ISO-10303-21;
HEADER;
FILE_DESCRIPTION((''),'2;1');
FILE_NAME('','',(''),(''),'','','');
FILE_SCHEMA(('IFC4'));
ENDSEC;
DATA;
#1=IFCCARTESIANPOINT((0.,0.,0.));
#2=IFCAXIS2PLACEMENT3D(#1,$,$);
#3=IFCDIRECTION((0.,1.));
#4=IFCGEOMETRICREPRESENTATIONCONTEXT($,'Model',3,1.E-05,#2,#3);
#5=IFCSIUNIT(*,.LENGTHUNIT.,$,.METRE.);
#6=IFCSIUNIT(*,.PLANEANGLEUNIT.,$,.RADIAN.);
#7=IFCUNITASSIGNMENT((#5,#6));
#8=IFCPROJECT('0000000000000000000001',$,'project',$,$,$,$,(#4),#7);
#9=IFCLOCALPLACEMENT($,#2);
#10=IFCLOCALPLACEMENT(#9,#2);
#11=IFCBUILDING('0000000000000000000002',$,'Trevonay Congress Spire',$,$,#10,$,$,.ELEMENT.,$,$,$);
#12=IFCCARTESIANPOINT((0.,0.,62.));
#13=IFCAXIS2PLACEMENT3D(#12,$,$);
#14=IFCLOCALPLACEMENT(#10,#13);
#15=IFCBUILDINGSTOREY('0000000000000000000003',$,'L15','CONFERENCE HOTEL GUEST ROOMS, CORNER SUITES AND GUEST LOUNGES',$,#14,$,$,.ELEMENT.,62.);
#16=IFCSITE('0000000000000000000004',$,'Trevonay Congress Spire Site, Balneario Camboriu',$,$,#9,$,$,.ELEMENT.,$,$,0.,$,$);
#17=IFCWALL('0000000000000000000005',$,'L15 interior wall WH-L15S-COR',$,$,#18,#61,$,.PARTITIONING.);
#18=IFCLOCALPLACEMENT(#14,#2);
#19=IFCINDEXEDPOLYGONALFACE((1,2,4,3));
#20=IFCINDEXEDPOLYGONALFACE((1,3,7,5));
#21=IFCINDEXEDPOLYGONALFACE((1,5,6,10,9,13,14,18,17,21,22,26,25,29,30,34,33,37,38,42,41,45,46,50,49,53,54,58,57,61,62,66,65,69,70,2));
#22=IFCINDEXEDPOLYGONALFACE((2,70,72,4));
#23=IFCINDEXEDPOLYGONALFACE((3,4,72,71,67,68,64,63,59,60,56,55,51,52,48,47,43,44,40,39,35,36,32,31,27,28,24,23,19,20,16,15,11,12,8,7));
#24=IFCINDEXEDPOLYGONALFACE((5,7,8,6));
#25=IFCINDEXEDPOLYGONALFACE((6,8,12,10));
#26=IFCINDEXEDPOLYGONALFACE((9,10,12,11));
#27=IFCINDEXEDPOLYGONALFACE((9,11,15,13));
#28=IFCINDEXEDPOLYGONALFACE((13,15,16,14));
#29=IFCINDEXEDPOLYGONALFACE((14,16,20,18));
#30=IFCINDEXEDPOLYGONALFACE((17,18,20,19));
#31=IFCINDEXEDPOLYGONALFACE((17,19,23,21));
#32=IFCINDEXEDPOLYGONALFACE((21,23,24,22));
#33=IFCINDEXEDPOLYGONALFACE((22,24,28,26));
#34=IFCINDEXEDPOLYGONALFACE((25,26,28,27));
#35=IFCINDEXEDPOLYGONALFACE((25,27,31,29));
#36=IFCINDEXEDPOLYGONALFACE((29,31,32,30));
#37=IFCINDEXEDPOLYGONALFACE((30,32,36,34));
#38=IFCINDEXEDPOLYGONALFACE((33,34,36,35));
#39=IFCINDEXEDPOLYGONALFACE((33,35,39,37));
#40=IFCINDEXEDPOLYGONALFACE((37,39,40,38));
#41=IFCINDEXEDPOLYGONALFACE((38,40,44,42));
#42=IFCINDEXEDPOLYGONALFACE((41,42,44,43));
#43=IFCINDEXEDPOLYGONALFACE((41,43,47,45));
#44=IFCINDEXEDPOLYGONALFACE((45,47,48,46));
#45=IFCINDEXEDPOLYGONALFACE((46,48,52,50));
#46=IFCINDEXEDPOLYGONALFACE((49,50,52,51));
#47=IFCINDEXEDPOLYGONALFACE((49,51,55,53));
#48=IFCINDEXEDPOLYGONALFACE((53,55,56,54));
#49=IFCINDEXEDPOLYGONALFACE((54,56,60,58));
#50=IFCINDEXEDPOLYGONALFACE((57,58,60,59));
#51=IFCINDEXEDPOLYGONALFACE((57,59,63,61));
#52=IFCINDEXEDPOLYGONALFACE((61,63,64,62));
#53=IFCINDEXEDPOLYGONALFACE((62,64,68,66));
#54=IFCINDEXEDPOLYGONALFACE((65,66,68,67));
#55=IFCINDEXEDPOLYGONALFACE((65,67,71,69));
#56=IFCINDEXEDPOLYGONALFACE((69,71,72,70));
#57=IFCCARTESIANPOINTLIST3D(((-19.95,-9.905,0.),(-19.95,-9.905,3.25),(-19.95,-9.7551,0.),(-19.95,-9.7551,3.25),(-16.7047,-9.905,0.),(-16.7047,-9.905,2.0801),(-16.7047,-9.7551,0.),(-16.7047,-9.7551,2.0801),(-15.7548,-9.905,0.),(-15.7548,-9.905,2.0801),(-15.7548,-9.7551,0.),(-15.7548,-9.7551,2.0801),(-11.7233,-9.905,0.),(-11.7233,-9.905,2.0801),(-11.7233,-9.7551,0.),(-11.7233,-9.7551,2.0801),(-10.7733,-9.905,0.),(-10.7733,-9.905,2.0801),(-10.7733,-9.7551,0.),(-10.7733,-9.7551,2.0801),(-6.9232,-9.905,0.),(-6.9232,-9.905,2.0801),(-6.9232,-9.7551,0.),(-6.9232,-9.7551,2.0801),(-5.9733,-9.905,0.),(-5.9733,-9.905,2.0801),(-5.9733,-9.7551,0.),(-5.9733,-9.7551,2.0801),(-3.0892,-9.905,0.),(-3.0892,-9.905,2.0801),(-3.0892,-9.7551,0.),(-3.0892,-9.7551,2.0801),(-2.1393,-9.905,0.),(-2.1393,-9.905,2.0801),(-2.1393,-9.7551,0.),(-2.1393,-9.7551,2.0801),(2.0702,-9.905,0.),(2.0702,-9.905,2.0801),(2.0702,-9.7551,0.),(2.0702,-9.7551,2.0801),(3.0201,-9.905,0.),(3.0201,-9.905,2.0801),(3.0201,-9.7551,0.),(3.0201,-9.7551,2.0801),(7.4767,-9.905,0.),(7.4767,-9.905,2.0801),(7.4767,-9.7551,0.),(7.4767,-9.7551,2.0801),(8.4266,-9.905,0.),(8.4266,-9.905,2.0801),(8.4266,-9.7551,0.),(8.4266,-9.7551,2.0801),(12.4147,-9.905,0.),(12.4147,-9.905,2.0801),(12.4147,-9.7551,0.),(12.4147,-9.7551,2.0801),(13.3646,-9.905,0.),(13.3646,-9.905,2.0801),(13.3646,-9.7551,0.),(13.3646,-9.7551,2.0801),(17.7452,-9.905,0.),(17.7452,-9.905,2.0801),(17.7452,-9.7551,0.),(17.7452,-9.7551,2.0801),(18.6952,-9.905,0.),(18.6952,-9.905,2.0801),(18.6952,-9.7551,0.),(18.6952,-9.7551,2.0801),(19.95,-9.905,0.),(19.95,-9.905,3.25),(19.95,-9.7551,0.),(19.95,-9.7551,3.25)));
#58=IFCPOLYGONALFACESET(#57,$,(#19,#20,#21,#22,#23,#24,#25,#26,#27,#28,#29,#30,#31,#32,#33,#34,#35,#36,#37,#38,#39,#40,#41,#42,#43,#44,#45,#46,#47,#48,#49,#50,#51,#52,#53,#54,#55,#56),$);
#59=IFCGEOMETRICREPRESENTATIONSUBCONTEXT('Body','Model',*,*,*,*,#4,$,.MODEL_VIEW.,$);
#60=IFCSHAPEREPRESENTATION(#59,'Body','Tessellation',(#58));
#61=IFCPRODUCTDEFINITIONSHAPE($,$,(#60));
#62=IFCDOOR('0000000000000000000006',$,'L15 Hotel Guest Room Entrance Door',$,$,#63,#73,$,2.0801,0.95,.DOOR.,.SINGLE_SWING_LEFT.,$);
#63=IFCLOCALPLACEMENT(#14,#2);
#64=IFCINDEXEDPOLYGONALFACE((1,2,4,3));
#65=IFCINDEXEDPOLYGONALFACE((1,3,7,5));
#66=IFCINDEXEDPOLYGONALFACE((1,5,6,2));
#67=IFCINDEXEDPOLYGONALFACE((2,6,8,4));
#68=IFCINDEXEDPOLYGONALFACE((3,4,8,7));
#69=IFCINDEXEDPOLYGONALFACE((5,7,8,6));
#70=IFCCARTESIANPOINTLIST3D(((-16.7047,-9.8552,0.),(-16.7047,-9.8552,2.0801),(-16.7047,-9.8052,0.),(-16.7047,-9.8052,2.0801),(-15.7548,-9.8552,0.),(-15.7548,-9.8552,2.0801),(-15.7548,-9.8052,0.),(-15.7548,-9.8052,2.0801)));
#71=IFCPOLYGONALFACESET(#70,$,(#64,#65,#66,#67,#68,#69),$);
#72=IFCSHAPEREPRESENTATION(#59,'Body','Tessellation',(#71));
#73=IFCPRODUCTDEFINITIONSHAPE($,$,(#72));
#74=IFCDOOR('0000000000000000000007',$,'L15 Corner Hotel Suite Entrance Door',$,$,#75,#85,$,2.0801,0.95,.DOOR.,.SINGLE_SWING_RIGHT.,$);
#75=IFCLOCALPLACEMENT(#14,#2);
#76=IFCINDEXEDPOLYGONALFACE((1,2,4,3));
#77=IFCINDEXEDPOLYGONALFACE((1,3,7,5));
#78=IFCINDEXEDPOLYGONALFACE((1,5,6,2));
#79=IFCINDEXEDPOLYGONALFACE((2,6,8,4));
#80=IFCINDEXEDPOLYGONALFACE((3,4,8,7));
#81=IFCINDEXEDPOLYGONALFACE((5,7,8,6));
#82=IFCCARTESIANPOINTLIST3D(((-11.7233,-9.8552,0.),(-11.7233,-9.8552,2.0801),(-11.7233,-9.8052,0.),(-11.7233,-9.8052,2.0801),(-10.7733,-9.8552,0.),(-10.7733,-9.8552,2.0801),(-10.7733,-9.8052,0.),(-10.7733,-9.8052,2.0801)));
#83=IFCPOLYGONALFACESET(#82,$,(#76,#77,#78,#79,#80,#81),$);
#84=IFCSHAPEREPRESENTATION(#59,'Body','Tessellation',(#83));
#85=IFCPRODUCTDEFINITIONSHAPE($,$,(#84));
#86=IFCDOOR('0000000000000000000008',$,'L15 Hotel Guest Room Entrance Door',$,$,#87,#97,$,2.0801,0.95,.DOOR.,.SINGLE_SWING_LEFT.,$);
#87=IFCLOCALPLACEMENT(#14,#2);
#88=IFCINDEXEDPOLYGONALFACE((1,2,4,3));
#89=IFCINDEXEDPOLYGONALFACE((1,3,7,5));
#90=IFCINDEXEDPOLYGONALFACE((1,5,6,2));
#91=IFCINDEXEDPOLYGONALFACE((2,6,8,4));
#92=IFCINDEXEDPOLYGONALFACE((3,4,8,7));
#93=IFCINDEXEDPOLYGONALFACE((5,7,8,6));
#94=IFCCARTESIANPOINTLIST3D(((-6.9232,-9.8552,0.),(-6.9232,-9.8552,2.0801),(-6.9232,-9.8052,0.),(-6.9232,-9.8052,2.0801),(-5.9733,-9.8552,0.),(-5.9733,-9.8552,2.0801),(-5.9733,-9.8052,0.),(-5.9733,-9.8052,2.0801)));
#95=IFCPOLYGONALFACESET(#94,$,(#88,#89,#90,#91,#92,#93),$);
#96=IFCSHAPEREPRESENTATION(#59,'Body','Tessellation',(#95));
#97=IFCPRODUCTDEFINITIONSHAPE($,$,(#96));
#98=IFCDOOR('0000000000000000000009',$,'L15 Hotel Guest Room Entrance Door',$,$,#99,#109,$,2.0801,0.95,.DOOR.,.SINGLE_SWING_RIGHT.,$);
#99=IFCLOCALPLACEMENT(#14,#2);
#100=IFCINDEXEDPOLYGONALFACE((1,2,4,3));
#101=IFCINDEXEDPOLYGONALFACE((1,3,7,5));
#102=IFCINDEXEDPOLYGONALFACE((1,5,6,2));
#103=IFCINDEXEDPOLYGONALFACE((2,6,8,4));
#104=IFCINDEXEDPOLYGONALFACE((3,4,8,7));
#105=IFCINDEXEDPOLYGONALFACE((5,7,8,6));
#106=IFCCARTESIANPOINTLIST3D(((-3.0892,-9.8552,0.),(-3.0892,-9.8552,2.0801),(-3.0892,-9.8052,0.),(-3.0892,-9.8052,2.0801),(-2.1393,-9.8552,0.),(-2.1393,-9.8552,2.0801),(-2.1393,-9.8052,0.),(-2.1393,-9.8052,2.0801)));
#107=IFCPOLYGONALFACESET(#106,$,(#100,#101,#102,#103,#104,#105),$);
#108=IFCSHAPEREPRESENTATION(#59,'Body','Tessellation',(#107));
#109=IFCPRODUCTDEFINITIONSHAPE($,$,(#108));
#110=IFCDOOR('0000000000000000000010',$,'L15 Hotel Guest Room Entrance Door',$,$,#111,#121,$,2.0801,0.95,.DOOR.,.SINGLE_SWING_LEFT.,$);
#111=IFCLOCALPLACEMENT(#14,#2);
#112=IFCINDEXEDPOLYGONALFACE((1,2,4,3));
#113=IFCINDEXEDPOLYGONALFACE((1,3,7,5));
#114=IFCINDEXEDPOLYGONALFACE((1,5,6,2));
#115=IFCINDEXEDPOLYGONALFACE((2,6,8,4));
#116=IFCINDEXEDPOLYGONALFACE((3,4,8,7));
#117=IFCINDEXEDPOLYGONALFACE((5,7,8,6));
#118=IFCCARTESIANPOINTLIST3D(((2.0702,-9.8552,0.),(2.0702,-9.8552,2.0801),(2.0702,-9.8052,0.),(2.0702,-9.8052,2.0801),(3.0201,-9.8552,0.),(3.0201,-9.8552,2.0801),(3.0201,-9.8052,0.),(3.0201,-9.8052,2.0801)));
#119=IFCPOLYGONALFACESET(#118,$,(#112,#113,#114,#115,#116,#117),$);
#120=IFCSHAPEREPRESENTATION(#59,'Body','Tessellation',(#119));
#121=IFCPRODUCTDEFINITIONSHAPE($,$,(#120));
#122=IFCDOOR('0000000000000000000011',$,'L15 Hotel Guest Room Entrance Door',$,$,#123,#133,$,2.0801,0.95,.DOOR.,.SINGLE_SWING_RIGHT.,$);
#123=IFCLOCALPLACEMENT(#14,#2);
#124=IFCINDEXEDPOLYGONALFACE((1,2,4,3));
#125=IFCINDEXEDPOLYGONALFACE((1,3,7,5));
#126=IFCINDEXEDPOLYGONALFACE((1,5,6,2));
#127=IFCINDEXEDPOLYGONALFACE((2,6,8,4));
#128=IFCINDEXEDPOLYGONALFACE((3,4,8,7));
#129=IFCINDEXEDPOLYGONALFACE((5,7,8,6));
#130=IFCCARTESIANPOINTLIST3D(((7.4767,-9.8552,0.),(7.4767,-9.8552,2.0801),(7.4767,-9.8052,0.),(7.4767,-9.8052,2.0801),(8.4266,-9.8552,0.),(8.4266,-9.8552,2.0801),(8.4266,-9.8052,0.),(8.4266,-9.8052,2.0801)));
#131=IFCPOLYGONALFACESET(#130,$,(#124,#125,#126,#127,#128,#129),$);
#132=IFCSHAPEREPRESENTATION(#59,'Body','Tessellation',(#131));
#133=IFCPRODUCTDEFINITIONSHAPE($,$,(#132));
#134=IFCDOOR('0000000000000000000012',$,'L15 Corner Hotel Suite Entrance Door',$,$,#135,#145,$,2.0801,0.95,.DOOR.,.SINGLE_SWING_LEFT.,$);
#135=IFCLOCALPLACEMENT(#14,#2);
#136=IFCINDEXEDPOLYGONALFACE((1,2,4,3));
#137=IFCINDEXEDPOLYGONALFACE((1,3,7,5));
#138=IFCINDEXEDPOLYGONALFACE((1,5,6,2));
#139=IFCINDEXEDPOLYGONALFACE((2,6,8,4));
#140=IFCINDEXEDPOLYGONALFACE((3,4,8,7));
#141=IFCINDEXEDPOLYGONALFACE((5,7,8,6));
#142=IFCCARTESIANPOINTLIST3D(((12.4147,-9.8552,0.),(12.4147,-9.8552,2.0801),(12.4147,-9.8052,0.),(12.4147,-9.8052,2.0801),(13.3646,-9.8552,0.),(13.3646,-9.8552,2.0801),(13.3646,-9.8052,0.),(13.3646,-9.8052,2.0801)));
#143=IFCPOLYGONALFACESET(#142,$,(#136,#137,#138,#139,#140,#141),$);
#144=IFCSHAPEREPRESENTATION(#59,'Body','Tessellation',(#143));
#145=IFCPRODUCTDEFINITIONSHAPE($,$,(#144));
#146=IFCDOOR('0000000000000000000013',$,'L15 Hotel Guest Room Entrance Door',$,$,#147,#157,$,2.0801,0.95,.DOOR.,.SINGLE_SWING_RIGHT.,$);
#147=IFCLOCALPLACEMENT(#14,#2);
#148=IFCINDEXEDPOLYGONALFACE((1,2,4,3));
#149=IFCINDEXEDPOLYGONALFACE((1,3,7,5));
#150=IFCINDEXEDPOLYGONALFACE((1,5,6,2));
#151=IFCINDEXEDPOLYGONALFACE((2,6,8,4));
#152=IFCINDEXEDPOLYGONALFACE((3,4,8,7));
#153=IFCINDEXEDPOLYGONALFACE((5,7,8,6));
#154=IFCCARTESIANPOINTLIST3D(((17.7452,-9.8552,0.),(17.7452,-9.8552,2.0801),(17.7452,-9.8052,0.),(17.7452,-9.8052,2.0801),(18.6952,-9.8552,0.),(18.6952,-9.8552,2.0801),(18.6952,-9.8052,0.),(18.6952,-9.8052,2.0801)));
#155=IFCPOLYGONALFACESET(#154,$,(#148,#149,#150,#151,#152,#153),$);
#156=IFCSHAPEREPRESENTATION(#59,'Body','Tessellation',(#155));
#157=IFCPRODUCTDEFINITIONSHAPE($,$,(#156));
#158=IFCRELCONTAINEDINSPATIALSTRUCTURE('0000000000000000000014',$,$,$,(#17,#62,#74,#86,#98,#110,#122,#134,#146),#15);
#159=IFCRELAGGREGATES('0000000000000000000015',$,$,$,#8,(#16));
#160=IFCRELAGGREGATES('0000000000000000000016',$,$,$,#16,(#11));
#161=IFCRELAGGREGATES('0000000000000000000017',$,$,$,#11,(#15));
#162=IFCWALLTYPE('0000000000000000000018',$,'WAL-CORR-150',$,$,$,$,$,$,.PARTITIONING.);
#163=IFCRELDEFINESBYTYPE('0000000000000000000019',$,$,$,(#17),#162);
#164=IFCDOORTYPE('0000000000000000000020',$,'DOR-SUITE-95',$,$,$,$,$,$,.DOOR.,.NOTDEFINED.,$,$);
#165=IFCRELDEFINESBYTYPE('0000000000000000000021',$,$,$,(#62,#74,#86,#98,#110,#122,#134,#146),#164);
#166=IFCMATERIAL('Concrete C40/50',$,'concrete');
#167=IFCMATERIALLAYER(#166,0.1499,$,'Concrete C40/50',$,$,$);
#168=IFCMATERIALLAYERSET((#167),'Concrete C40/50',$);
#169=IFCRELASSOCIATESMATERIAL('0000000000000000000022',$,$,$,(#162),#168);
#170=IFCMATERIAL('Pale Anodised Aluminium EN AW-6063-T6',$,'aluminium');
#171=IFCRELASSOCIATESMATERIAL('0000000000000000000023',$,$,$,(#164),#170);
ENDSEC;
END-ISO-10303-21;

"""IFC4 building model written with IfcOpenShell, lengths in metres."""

from ifc_helpers import new_model, si_unit, direction, frame, frame_2d, origin, place, context, subcontext, project, spatial, rectangle, extrude, material, layer, layer_set, type_object, element, fill, save


model = new_model("IFC4")

# Units and contexts
model_context = context("Model", 3, precision=1e-05, world=origin(), true_north=direction((0.0, 1.0)))
body_context = subcontext(model_context, "Body", "Model", "MODEL_VIEW")
ifc_project = project(units=[si_unit("LENGTHUNIT", "METRE"), si_unit("PLANEANGLEUNIT", "RADIAN")], contexts=[model_context])

# Site, building, storey
site_placement = place(None, origin())
site = spatial("IfcSite", under=ifc_project, at=site_placement, Name="Trevonay Congress Spire Site, Balneario Camboriu", CompositionType="ELEMENT", RefElevation=0.0)
building_placement = place(site_placement, origin())
building = spatial("IfcBuilding", under=site, at=building_placement, Name="Trevonay Congress Spire", CompositionType="ELEMENT")
storey_placement = place(building_placement, frame((0.0, 0.0, 62.0)))
storey = spatial("IfcBuildingStorey", under=building, at=storey_placement, Name="L15", Description="CONFERENCE HOTEL GUEST ROOMS, CORNER SUITES AND GUEST LOUNGES", CompositionType="ELEMENT", Elevation=62.0)

# Shared definitions
ifc_material_1 = material(Name="Pale Anodised Aluminium EN AW-6063-T6", Category="aluminium")

# Shared definitions
ifc_material_2 = material(Name="Concrete C40/50", Category="concrete")

# Wall, openings, doors
ifc_layer_1 = layer(ifc_material_2, 0.1499, Name="Concrete C40/50")
ifc_layer_set_1 = layer_set([ifc_layer_1], Name="Concrete C40/50")
wall_type_1 = type_object("IfcWallType", Name="WAL-CORR-150", PredefinedType="PARTITIONING", material=ifc_layer_set_1)
wall_1_placement = place(storey_placement, frame((-19.95, -9.8301, 0.0), z_axis=(0.0, 0.0, 1.0), x_axis=(1.0, 0.0, 0.0)))
wall_1 = element("IfcWall", 1, at=wall_1_placement, inside=storey, type_object=wall_type_1, Name="L15 interior wall WH-L15S-COR", PredefinedType="PARTITIONING", context=body_context, shape_type="SweptSolid", body=[
    extrude(rectangle(XDim=39.8999, YDim=0.1499, at=frame_2d((19.95, 0.0))), origin(), (0.0, 0.0, 1.0), 3.25),
])
opening_1_placement = place(wall_1_placement, frame((3.2451, 0.0, 0.0)))
opening_1 = element("IfcOpeningElement", 2, at=opening_1_placement, cuts=wall_1, PredefinedType="OPENING", context=body_context, shape_type="SweptSolid", body=[
    extrude(rectangle(XDim=0.95, YDim=2.0801, at=frame_2d((0.4751, 1.04))), frame((0.0, 0.085, 0.0), z_axis=(0.0, -1.0, 0.0), x_axis=(1.0, 0.0, 0.0)), (0.0, 0.0, 1.0), 0.1699),
])
opening_2_placement = place(wall_1_placement, frame((8.2266, 0.0, 0.0)))
opening_2 = element("IfcOpeningElement", 3, at=opening_2_placement, cuts=wall_1, PredefinedType="OPENING", context=body_context, shape_type="SweptSolid", body=[
    extrude(rectangle(XDim=0.95, YDim=2.0801, at=frame_2d((0.4751, 1.04))), frame((0.0, 0.085, 0.0), z_axis=(0.0, -1.0, 0.0), x_axis=(1.0, 0.0, 0.0)), (0.0, 0.0, 1.0), 0.1699),
])
opening_3_placement = place(wall_1_placement, frame((13.0266, 0.0, 0.0)))
opening_3 = element("IfcOpeningElement", 4, at=opening_3_placement, cuts=wall_1, PredefinedType="OPENING", context=body_context, shape_type="SweptSolid", body=[
    extrude(rectangle(XDim=0.95, YDim=2.0801, at=frame_2d((0.4751, 1.04))), frame((0.0, 0.085, 0.0), z_axis=(0.0, -1.0, 0.0), x_axis=(1.0, 0.0, 0.0)), (0.0, 0.0, 1.0), 0.1699),
])
opening_4_placement = place(wall_1_placement, frame((16.8606, 0.0, 0.0)))
opening_4 = element("IfcOpeningElement", 5, at=opening_4_placement, cuts=wall_1, PredefinedType="OPENING", context=body_context, shape_type="SweptSolid", body=[
    extrude(rectangle(XDim=0.95, YDim=2.0801, at=frame_2d((0.4751, 1.04))), frame((0.0, 0.085, 0.0), z_axis=(0.0, -1.0, 0.0), x_axis=(1.0, 0.0, 0.0)), (0.0, 0.0, 1.0), 0.1699),
])
opening_5_placement = place(wall_1_placement, frame((22.02, 0.0, 0.0)))
opening_5 = element("IfcOpeningElement", 6, at=opening_5_placement, cuts=wall_1, PredefinedType="OPENING", context=body_context, shape_type="SweptSolid", body=[
    extrude(rectangle(XDim=0.95, YDim=2.0801, at=frame_2d((0.4751, 1.04))), frame((0.0, 0.085, 0.0), z_axis=(0.0, -1.0, 0.0), x_axis=(1.0, 0.0, 0.0)), (0.0, 0.0, 1.0), 0.1699),
])
opening_6_placement = place(wall_1_placement, frame((27.4265, 0.0, 0.0)))
opening_6 = element("IfcOpeningElement", 7, at=opening_6_placement, cuts=wall_1, PredefinedType="OPENING", context=body_context, shape_type="SweptSolid", body=[
    extrude(rectangle(XDim=0.95, YDim=2.0801, at=frame_2d((0.4751, 1.04))), frame((0.0, 0.085, 0.0), z_axis=(0.0, -1.0, 0.0), x_axis=(1.0, 0.0, 0.0)), (0.0, 0.0, 1.0), 0.1699),
])
opening_7_placement = place(wall_1_placement, frame((32.3645, 0.0, 0.0)))
opening_7 = element("IfcOpeningElement", 8, at=opening_7_placement, cuts=wall_1, PredefinedType="OPENING", context=body_context, shape_type="SweptSolid", body=[
    extrude(rectangle(XDim=0.95, YDim=2.0801, at=frame_2d((0.4751, 1.04))), frame((0.0, 0.085, 0.0), z_axis=(0.0, -1.0, 0.0), x_axis=(1.0, 0.0, 0.0)), (0.0, 0.0, 1.0), 0.1699),
])
opening_8_placement = place(wall_1_placement, frame((37.6951, 0.0, 0.0)))
opening_8 = element("IfcOpeningElement", 9, at=opening_8_placement, cuts=wall_1, PredefinedType="OPENING", context=body_context, shape_type="SweptSolid", body=[
    extrude(rectangle(XDim=0.95, YDim=2.0801, at=frame_2d((0.4751, 1.04))), frame((0.0, 0.085, 0.0), z_axis=(0.0, -1.0, 0.0), x_axis=(1.0, 0.0, 0.0)), (0.0, 0.0, 1.0), 0.1699),
])
door_type_1 = type_object("IfcDoorType", Name="DOR-SUITE-95", OperationType="NOTDEFINED", PredefinedType="DOOR", material=ifc_material_1)
door_1_placement = place(opening_1_placement, origin())
door_1 = element("IfcDoor", 10, at=door_1_placement, inside=storey, type_object=door_type_1, Name="L15 Hotel Guest Room Entrance Door", OperationType="SINGLE_SWING_LEFT", OverallHeight=2.0801, OverallWidth=0.95, PredefinedType="DOOR", context=body_context, shape_type="SweptSolid", body=[
    extrude(rectangle(XDim=0.95, YDim=2.0801, at=frame_2d((0.4751, 1.04))), frame((0.0, 0.0249, 0.0), z_axis=(0.0, -1.0, 0.0), x_axis=(1.0, 0.0, 0.0)), (0.0, 0.0, 1.0), 0.05),
])
fill(opening_1, door_1)
door_2_placement = place(opening_2_placement, origin())
door_2 = element("IfcDoor", 11, at=door_2_placement, inside=storey, type_object=door_type_1, Name="L15 Corner Hotel Suite Entrance Door", OperationType="SINGLE_SWING_RIGHT", OverallHeight=2.0801, OverallWidth=0.95, PredefinedType="DOOR", context=body_context, shape_type="SweptSolid", body=[
    extrude(rectangle(XDim=0.95, YDim=2.0801, at=frame_2d((0.4751, 1.04))), frame((0.0, 0.0249, 0.0), z_axis=(0.0, -1.0, 0.0), x_axis=(1.0, 0.0, 0.0)), (0.0, 0.0, 1.0), 0.05),
])
fill(opening_2, door_2)
door_3_placement = place(opening_3_placement, origin())
door_3 = element("IfcDoor", 12, at=door_3_placement, inside=storey, type_object=door_type_1, Name="L15 Hotel Guest Room Entrance Door", OperationType="SINGLE_SWING_LEFT", OverallHeight=2.0801, OverallWidth=0.95, PredefinedType="DOOR", context=body_context, shape_type="SweptSolid", body=[
    extrude(rectangle(XDim=0.95, YDim=2.0801, at=frame_2d((0.4751, 1.04))), frame((0.0, 0.0249, 0.0), z_axis=(0.0, -1.0, 0.0), x_axis=(1.0, 0.0, 0.0)), (0.0, 0.0, 1.0), 0.05),
])
fill(opening_3, door_3)
door_4_placement = place(opening_4_placement, origin())
door_4 = element("IfcDoor", 13, at=door_4_placement, inside=storey, type_object=door_type_1, Name="L15 Hotel Guest Room Entrance Door", OperationType="SINGLE_SWING_RIGHT", OverallHeight=2.0801, OverallWidth=0.95, PredefinedType="DOOR", context=body_context, shape_type="SweptSolid", body=[
    extrude(rectangle(XDim=0.95, YDim=2.0801, at=frame_2d((0.4751, 1.04))), frame((0.0, 0.0249, 0.0), z_axis=(0.0, -1.0, 0.0), x_axis=(1.0, 0.0, 0.0)), (0.0, 0.0, 1.0), 0.05),
])
fill(opening_4, door_4)
door_5_placement = place(opening_5_placement, origin())
door_5 = element("IfcDoor", 14, at=door_5_placement, inside=storey, type_object=door_type_1, Name="L15 Hotel Guest Room Entrance Door", OperationType="SINGLE_SWING_LEFT", OverallHeight=2.0801, OverallWidth=0.95, PredefinedType="DOOR", context=body_context, shape_type="SweptSolid", body=[
    extrude(rectangle(XDim=0.95, YDim=2.0801, at=frame_2d((0.4751, 1.04))), frame((0.0, 0.0249, 0.0), z_axis=(0.0, -1.0, 0.0), x_axis=(1.0, 0.0, 0.0)), (0.0, 0.0, 1.0), 0.05),
])
fill(opening_5, door_5)
door_6_placement = place(opening_6_placement, origin())
door_6 = element("IfcDoor", 15, at=door_6_placement, inside=storey, type_object=door_type_1, Name="L15 Hotel Guest Room Entrance Door", OperationType="SINGLE_SWING_RIGHT", OverallHeight=2.0801, OverallWidth=0.95, PredefinedType="DOOR", context=body_context, shape_type="SweptSolid", body=[
    extrude(rectangle(XDim=0.95, YDim=2.0801, at=frame_2d((0.4751, 1.04))), frame((0.0, 0.0249, 0.0), z_axis=(0.0, -1.0, 0.0), x_axis=(1.0, 0.0, 0.0)), (0.0, 0.0, 1.0), 0.05),
])
fill(opening_6, door_6)
door_7_placement = place(opening_7_placement, origin())
door_7 = element("IfcDoor", 16, at=door_7_placement, inside=storey, type_object=door_type_1, Name="L15 Corner Hotel Suite Entrance Door", OperationType="SINGLE_SWING_LEFT", OverallHeight=2.0801, OverallWidth=0.95, PredefinedType="DOOR", context=body_context, shape_type="SweptSolid", body=[
    extrude(rectangle(XDim=0.95, YDim=2.0801, at=frame_2d((0.4751, 1.04))), frame((0.0, 0.0249, 0.0), z_axis=(0.0, -1.0, 0.0), x_axis=(1.0, 0.0, 0.0)), (0.0, 0.0, 1.0), 0.05),
])
fill(opening_7, door_7)
door_8_placement = place(opening_8_placement, origin())
door_8 = element("IfcDoor", 17, at=door_8_placement, inside=storey, type_object=door_type_1, Name="L15 Hotel Guest Room Entrance Door", OperationType="SINGLE_SWING_RIGHT", OverallHeight=2.0801, OverallWidth=0.95, PredefinedType="DOOR", context=body_context, shape_type="SweptSolid", body=[
    extrude(rectangle(XDim=0.95, YDim=2.0801, at=frame_2d((0.4751, 1.04))), frame((0.0, 0.0249, 0.0), z_axis=(0.0, -1.0, 0.0), x_axis=(1.0, 0.0, 0.0)), (0.0, 0.0, 1.0), 0.05),
])
fill(opening_8, door_8)

save(model, "model.ifc")
